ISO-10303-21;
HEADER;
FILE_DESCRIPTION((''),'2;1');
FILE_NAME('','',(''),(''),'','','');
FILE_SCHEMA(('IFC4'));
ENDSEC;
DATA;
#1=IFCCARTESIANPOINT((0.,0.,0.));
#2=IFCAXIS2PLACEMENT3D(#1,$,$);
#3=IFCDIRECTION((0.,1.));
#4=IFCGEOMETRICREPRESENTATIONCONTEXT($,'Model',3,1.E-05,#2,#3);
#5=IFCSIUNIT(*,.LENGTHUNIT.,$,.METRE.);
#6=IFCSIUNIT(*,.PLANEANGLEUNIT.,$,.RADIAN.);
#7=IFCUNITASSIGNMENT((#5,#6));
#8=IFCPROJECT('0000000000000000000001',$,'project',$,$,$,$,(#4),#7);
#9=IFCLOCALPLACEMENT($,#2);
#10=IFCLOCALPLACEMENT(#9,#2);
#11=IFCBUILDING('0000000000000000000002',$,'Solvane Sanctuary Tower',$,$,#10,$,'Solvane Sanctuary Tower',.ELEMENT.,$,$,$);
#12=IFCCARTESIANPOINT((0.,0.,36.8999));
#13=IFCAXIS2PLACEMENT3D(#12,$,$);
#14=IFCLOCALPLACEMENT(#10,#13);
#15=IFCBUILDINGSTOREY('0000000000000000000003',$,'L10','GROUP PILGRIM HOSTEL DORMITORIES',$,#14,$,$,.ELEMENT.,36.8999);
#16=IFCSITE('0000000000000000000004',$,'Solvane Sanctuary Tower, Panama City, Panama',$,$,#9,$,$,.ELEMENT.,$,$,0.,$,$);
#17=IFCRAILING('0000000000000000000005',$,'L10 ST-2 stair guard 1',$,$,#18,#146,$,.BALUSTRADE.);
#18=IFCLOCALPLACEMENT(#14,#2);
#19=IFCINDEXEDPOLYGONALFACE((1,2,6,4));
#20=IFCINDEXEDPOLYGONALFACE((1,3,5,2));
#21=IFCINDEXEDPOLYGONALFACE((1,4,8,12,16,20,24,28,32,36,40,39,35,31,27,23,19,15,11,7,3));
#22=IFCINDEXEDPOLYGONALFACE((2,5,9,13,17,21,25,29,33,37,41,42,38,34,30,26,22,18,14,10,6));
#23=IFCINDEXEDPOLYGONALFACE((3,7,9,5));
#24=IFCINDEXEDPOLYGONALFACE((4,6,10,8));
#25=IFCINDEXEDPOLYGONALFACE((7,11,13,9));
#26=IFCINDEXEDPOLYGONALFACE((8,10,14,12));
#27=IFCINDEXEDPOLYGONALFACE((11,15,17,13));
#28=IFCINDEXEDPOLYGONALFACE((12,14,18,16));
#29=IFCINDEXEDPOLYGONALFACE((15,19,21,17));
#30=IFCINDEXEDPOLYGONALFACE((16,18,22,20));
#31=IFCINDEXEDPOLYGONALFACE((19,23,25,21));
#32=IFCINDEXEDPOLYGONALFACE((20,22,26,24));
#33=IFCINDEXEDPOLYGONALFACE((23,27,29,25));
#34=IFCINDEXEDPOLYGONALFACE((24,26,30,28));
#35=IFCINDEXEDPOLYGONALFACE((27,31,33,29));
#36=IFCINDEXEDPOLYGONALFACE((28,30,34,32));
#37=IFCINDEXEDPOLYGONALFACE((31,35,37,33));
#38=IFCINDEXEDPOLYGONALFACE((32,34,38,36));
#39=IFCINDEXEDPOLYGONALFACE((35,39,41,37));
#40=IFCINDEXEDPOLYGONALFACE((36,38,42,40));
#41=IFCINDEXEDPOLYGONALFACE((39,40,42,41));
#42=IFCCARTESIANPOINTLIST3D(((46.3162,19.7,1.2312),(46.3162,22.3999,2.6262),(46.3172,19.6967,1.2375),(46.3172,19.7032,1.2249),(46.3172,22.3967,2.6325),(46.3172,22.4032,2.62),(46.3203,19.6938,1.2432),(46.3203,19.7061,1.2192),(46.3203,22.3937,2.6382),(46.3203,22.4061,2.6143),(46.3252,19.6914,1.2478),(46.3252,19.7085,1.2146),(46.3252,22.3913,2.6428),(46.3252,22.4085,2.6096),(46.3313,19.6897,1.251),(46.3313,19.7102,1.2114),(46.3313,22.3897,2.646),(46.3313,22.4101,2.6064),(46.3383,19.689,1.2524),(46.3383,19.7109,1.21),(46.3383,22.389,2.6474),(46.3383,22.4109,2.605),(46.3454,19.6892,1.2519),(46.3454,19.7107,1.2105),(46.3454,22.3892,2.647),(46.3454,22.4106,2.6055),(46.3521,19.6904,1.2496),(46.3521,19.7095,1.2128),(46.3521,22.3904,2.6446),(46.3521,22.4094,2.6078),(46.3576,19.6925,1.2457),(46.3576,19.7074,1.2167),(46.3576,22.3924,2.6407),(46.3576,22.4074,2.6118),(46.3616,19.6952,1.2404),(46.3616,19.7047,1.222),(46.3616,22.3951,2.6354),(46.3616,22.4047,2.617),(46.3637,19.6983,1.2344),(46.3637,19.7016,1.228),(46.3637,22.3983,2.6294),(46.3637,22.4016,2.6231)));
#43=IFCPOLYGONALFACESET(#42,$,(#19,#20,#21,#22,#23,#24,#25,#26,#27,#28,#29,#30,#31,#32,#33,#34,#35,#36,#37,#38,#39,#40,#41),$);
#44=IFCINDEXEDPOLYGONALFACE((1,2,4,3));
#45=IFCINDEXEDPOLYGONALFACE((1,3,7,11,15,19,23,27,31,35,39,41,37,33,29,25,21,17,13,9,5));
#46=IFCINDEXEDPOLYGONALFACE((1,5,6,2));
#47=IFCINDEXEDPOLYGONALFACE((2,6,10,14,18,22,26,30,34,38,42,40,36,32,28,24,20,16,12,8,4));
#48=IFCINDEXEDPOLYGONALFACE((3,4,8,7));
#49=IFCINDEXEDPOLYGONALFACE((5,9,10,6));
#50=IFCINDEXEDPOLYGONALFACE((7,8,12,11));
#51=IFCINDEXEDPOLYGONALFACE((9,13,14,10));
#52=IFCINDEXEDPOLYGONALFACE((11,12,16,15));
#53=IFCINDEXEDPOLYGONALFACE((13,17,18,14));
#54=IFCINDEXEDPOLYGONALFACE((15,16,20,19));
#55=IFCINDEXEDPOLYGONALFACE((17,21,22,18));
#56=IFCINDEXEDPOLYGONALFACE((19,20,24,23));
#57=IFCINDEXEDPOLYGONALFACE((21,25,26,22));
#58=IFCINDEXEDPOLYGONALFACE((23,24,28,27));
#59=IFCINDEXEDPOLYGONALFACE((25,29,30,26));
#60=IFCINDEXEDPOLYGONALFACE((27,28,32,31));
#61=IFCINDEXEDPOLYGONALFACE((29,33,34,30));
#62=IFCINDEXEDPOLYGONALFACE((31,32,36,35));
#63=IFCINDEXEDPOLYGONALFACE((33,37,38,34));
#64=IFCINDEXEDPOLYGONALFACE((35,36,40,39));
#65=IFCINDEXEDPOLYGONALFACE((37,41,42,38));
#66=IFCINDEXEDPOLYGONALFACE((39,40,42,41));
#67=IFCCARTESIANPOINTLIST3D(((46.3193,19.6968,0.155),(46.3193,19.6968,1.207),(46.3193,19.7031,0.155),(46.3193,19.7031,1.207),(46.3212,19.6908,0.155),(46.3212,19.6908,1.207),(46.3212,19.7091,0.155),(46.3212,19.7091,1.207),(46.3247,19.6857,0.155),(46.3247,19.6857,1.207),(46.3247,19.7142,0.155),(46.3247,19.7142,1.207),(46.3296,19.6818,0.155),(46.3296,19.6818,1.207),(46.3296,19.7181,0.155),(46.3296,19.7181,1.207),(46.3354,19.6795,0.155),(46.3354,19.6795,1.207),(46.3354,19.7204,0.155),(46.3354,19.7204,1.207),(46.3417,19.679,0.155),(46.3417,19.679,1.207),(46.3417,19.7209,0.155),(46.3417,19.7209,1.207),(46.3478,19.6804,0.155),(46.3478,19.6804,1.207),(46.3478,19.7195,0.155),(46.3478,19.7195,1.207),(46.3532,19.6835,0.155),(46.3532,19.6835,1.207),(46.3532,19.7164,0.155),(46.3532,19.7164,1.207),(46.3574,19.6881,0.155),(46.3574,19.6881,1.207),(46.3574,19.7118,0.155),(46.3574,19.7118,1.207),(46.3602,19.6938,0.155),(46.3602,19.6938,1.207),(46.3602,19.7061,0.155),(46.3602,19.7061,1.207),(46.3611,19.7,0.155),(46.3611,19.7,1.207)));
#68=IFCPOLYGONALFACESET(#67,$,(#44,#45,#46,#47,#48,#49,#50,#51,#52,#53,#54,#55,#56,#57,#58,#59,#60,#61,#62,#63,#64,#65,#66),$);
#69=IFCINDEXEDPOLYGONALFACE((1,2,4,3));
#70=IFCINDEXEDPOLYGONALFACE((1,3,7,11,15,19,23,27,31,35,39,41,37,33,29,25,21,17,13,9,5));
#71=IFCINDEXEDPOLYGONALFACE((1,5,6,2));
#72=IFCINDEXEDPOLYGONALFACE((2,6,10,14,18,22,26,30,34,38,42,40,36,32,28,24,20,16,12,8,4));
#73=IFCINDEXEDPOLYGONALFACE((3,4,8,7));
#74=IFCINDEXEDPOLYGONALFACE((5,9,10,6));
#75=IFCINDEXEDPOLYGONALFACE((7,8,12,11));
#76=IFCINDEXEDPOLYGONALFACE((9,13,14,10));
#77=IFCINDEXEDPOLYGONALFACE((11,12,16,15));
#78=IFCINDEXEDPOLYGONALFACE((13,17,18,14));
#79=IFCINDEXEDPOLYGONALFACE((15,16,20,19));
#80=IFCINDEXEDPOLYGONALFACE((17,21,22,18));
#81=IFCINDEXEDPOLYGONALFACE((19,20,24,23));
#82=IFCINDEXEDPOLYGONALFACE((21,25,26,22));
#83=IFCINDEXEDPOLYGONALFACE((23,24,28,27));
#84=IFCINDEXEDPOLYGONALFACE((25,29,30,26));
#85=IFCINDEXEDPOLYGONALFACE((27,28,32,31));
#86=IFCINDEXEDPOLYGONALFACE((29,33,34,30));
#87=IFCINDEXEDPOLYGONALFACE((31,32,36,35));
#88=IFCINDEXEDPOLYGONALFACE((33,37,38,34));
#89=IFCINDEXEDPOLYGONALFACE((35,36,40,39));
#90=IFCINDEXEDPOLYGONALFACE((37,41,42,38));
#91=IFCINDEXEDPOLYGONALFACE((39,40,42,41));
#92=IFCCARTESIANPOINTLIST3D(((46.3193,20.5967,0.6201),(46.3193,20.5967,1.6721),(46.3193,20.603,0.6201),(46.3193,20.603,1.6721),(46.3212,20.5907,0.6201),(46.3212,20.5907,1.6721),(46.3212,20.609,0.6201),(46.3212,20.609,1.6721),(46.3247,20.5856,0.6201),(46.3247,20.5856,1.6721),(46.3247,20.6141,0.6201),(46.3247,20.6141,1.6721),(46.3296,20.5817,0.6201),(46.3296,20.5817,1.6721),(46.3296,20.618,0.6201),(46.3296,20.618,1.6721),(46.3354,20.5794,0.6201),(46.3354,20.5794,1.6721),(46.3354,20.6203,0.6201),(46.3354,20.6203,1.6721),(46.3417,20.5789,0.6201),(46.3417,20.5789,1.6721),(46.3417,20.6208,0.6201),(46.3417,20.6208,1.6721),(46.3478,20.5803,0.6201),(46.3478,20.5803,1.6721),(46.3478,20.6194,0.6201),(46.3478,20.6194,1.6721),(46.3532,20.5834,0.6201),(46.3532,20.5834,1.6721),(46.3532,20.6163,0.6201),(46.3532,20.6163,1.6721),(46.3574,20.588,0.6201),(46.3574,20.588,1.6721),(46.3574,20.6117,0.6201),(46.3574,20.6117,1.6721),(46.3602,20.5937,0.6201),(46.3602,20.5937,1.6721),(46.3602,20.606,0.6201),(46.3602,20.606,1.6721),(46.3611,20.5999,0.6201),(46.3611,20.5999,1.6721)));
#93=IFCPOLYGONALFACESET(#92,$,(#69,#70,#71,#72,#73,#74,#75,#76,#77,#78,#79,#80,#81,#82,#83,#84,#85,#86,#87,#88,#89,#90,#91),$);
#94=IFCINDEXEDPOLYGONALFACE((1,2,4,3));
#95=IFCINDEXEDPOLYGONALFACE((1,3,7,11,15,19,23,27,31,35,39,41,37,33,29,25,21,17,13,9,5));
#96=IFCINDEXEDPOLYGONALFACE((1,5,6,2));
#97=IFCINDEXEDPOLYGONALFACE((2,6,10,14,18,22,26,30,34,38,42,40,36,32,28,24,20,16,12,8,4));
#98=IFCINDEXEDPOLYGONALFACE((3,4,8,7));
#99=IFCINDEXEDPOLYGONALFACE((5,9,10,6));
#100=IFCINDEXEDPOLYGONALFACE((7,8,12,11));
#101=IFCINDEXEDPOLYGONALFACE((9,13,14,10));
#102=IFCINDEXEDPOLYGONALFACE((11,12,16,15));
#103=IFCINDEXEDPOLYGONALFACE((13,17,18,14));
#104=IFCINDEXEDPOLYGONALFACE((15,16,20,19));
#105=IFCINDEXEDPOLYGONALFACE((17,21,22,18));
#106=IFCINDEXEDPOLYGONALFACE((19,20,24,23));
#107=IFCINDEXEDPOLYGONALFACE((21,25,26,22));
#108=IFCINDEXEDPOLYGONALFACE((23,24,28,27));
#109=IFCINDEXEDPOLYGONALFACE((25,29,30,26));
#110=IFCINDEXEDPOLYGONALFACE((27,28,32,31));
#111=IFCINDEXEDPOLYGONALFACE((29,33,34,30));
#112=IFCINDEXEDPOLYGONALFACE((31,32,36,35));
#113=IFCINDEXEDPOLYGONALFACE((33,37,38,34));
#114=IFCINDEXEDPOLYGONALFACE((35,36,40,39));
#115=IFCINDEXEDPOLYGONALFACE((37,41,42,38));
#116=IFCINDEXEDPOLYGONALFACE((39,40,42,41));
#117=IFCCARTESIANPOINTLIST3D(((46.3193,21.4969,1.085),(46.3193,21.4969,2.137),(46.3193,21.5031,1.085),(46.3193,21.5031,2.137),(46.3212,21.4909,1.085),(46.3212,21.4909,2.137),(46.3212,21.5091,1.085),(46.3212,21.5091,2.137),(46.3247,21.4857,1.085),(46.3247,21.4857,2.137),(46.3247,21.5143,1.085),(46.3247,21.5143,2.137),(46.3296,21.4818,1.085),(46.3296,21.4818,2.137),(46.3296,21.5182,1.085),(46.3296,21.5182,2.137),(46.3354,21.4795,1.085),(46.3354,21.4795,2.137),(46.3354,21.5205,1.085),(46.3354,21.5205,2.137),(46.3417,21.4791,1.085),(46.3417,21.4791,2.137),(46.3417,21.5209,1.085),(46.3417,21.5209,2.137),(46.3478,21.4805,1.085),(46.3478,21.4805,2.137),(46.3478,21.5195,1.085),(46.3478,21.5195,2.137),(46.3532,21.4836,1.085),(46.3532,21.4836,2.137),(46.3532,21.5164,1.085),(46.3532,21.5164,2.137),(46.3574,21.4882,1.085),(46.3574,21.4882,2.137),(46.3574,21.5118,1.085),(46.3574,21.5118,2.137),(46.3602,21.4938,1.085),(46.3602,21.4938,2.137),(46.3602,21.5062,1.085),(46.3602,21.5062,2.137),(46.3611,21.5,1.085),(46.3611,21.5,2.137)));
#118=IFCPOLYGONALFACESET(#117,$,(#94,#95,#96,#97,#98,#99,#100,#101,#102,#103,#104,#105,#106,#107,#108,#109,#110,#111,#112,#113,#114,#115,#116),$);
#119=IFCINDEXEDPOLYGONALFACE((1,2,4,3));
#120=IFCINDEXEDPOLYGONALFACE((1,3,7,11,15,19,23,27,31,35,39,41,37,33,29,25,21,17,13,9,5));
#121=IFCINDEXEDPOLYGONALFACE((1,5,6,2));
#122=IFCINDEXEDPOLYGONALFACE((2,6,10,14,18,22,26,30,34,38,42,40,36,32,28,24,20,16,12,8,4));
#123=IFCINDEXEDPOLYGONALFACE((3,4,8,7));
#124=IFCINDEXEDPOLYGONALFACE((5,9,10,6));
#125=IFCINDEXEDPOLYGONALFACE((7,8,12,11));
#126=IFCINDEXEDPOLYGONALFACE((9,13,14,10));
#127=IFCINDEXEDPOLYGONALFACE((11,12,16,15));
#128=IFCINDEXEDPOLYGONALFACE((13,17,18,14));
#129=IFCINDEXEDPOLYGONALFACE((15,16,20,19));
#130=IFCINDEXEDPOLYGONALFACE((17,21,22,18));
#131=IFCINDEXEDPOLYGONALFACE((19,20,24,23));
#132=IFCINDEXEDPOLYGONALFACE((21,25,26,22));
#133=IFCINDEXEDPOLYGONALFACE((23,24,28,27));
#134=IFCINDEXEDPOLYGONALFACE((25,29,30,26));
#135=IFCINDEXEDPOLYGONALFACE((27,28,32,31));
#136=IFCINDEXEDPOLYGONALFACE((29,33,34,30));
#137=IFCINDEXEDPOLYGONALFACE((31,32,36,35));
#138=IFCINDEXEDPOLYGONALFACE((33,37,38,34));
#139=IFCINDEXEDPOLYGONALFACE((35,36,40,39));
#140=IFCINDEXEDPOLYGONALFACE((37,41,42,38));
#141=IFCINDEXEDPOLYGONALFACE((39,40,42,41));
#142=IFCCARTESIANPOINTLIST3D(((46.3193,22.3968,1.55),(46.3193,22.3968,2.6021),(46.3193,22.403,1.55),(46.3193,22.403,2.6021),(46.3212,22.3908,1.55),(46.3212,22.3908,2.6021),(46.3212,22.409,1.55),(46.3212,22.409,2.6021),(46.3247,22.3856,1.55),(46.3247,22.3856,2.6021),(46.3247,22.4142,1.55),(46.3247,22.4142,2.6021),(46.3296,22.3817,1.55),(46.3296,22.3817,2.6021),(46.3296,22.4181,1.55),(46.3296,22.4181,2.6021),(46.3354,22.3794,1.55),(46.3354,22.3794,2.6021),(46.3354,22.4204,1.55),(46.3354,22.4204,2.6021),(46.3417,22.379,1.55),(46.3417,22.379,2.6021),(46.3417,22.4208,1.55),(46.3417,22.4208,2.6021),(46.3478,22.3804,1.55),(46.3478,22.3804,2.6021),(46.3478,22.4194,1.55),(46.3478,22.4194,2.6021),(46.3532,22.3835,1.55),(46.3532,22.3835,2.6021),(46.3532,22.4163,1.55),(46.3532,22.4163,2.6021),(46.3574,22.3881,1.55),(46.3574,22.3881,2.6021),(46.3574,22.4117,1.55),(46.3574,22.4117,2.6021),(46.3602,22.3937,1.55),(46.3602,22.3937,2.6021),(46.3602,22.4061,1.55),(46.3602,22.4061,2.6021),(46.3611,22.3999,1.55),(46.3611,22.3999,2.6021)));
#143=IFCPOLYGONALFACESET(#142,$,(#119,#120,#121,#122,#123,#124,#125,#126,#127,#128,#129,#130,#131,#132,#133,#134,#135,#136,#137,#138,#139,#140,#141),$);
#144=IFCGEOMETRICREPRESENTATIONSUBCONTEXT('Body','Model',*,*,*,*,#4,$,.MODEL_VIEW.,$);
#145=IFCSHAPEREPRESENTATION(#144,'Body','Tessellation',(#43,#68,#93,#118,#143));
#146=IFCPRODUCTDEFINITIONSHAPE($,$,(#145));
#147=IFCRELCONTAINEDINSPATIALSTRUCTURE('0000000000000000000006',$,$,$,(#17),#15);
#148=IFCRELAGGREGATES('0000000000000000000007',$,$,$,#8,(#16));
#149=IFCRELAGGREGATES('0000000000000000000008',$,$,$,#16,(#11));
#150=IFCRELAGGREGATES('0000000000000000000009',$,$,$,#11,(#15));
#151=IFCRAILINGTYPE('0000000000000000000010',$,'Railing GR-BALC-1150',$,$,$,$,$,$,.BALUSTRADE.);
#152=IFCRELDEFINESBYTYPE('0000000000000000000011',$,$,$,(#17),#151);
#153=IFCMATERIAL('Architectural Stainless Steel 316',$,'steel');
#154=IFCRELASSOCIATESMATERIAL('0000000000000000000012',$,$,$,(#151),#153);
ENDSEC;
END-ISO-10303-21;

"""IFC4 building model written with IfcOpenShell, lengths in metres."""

from ifc_helpers import new_model, si_unit, direction, frame, origin, origin_2d, place, context, subcontext, project, spatial, circle, extrude, material, type_object, element, save


model = new_model("IFC4")

# Units and contexts
model_context = context("Model", 3, precision=1e-05, world=origin(), true_north=direction((0.0, 1.0)))
body_context = subcontext(model_context, "Body", "Model", "MODEL_VIEW")
ifc_project = project(units=[si_unit("LENGTHUNIT", "METRE"), si_unit("PLANEANGLEUNIT", "RADIAN")], contexts=[model_context])

# Site, building, storey
site_placement = place(None, origin())
site = spatial("IfcSite", under=ifc_project, at=site_placement, Name="Solvane Sanctuary Tower, Panama City, Panama", CompositionType="ELEMENT", RefElevation=0.0)
building_placement = place(site_placement, origin())
building = spatial("IfcBuilding", under=site, at=building_placement, Name="Solvane Sanctuary Tower", LongName="Solvane Sanctuary Tower", CompositionType="ELEMENT")
storey_placement = place(building_placement, frame((0.0, 0.0, 36.8999)))
storey = spatial("IfcBuildingStorey", under=building, at=storey_placement, Name="L10", Description="GROUP PILGRIM HOSTEL DORMITORIES", CompositionType="ELEMENT", Elevation=36.8999)

# Shared definitions
ifc_material_1 = material(Name="Architectural Stainless Steel 316", Category="steel")

# Railing
railing_type_1 = type_object("IfcRailingType", Name="Railing GR-BALC-1150", PredefinedType="BALUSTRADE", material=ifc_material_1)
railing_1_placement = place(storey_placement, frame((46.3401, 19.7, 0.155)))
element("IfcRailing", 1, at=railing_1_placement, inside=storey, type_object=railing_type_1, Name="L10 ST-2 stair guard 1", PredefinedType="BALUSTRADE", context=body_context, shape_type="SweptSolid", body=[
    extrude(circle(Radius=0.0239, at=origin_2d()), frame((0.0, 0.0, 1.0762), z_axis=(0.0, 0.88842, 0.459032), x_axis=(-1.0, 0.0, 0.0)), (0.0, 0.0, 1.0), 3.0391),
    extrude(circle(Radius=0.021, at=origin_2d()), origin(), (0.0, 0.0, 1.0), 1.052),
    extrude(circle(Radius=0.021, at=origin_2d()), frame((0.0, 0.8999, 0.4651)), (0.0, 0.0, 1.0), 1.052),
    extrude(circle(Radius=0.021, at=origin_2d()), frame((0.0, 1.8, 0.9299)), (0.0, 0.0, 1.0), 1.052),
    extrude(circle(Radius=0.021, at=origin_2d()), frame((0.0, 2.7, 1.395)), (0.0, 0.0, 1.0), 1.052),
])

save(model, "model.ifc")
